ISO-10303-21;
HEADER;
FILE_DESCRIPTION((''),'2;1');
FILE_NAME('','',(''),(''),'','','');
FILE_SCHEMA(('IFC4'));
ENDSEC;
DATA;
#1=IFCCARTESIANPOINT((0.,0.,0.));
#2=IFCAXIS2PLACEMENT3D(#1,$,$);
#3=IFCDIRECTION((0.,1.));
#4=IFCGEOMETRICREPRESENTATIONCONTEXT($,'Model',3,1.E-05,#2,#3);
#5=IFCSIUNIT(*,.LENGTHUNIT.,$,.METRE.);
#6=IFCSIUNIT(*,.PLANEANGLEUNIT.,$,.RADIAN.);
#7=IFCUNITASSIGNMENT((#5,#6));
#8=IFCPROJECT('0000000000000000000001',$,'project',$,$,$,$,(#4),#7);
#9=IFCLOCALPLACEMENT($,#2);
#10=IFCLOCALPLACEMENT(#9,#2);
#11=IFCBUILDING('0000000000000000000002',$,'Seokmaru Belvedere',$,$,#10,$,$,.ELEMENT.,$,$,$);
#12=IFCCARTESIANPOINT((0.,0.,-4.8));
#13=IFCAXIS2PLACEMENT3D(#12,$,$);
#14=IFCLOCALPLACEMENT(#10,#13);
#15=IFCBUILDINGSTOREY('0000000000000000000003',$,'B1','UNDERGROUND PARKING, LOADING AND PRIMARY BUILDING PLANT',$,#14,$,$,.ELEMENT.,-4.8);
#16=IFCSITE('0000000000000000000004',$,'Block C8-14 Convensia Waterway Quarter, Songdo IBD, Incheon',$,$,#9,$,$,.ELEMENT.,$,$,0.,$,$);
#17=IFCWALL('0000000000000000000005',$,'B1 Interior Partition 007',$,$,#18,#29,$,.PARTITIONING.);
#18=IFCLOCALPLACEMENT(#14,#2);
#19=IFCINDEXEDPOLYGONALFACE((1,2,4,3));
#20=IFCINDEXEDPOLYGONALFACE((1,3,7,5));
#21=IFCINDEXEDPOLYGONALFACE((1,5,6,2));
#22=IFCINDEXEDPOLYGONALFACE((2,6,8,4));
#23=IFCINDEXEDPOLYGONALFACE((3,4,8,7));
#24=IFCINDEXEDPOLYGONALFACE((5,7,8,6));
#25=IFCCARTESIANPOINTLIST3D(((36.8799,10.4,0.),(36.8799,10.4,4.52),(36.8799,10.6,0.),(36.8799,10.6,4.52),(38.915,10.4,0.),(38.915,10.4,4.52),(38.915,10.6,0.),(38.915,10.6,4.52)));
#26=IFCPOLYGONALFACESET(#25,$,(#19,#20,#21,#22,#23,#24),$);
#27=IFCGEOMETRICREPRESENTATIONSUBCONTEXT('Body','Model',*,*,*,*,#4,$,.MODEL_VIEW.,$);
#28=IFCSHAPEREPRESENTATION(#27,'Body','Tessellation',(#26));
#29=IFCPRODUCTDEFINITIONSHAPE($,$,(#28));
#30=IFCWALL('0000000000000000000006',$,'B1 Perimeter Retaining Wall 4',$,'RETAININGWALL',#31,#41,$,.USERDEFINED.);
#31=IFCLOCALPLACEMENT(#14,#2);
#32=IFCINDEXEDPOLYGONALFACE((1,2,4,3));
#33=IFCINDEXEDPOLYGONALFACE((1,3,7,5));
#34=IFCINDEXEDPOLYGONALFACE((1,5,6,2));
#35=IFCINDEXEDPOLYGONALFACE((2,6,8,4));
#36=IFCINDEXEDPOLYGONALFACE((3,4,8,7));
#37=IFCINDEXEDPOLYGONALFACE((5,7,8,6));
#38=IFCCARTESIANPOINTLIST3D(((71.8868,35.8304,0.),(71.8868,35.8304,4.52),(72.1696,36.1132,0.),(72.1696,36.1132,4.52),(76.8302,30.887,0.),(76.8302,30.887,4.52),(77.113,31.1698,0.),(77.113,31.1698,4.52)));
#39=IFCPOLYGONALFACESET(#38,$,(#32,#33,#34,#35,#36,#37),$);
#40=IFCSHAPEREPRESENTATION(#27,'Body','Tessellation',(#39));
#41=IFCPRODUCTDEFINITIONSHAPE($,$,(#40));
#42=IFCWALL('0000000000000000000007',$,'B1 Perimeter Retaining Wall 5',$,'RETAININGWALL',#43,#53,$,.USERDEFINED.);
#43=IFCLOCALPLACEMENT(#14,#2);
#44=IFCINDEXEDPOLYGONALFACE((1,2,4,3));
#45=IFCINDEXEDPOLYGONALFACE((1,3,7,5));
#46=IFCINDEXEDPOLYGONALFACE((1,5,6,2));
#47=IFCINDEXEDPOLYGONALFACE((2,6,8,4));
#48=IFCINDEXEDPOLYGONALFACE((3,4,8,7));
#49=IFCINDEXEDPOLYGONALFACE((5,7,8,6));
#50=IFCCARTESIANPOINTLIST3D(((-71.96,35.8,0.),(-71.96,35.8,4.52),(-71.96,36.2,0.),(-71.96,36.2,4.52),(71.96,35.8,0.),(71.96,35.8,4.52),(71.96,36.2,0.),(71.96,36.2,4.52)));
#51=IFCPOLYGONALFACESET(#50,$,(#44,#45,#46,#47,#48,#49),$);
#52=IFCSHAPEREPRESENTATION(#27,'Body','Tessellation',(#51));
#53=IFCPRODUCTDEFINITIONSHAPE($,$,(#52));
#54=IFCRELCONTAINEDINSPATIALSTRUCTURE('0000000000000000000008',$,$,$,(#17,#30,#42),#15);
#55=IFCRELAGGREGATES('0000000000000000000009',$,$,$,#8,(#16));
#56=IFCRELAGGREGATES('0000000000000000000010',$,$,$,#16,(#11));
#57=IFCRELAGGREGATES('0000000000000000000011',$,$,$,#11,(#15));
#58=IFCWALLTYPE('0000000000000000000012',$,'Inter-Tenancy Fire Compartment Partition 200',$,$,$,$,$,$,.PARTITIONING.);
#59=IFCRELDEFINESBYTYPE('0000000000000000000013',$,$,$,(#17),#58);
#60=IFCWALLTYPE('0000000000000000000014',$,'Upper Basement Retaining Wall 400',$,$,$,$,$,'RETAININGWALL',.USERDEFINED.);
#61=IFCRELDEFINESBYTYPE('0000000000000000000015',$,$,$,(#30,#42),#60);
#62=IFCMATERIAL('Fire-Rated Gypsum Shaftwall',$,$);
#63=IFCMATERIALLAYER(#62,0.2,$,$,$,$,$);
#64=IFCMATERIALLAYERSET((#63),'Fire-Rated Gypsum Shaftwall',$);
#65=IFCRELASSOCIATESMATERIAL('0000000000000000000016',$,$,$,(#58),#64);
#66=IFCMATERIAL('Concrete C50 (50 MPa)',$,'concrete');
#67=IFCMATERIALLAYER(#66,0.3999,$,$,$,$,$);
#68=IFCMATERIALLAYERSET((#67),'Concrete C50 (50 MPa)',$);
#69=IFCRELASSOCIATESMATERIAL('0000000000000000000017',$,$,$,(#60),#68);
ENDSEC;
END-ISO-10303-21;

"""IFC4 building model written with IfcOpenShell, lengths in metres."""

from ifc_helpers import new_model, si_unit, direction, frame, frame_2d, origin, place, context, subcontext, project, spatial, rectangle, extrude, material, layer, layer_set, type_object, element, save


model = new_model("IFC4")

# Units and contexts
model_context = context("Model", 3, precision=1e-05, world=origin(), true_north=direction((0.0, 1.0)))
body_context = subcontext(model_context, "Body", "Model", "MODEL_VIEW")
ifc_project = project(units=[si_unit("LENGTHUNIT", "METRE"), si_unit("PLANEANGLEUNIT", "RADIAN")], contexts=[model_context])

# Site, building, storey
site_placement = place(None, origin())
site = spatial("IfcSite", under=ifc_project, at=site_placement, Name="Block C8-14 Convensia Waterway Quarter, Songdo IBD, Incheon", CompositionType="ELEMENT", RefElevation=0.0)
building_placement = place(site_placement, origin())
building = spatial("IfcBuilding", under=site, at=building_placement, Name="Seokmaru Belvedere", CompositionType="ELEMENT")
storey_placement = place(building_placement, frame((0.0, 0.0, -4.8)))
storey = spatial("IfcBuildingStorey", under=building, at=storey_placement, Name="B1", Description="UNDERGROUND PARKING, LOADING AND PRIMARY BUILDING PLANT", CompositionType="ELEMENT", Elevation=-4.8)

# Shared definitions
ifc_material_1 = material(Name="Concrete C50 (50 MPa)", Category="concrete")

# Walls
ifc_material_2 = material(Name="Fire-Rated Gypsum Shaftwall")
ifc_layer_1 = layer(ifc_material_2, 0.2)
ifc_layer_set_1 = layer_set([ifc_layer_1], Name="Fire-Rated Gypsum Shaftwall")
wall_type_1 = type_object("IfcWallType", Name="Inter-Tenancy Fire Compartment Partition 200", PredefinedType="PARTITIONING", material=ifc_layer_set_1)
wall_1_placement = place(storey_placement, frame((36.8799, 10.5, 0.0), z_axis=(0.0, 0.0, 1.0), x_axis=(1.0, 0.0, 0.0)))
element("IfcWall", 1, at=wall_1_placement, inside=storey, type_object=wall_type_1, Name="B1 Interior Partition 007", PredefinedType="PARTITIONING", context=body_context, shape_type="SweptSolid", body=[
    extrude(rectangle(XDim=2.0352, YDim=0.2, at=frame_2d((1.0176, 0.0))), origin(), (0.0, 0.0, 1.0), 4.52),
])
ifc_layer_2 = layer(ifc_material_1, 0.3999)
ifc_layer_set_2 = layer_set([ifc_layer_2], Name="Concrete C50 (50 MPa)")
wall_type_2 = type_object("IfcWallType", Name="Upper Basement Retaining Wall 400", ElementType="RETAININGWALL", PredefinedType="USERDEFINED", material=ifc_layer_set_2)
wall_2_placement = place(storey_placement, frame((76.9717, 31.0283, 0.0), z_axis=(0.0, 0.0, 1.0), x_axis=(-0.707107, 0.707107, 0.0)))
element("IfcWall", 2, at=wall_2_placement, inside=storey, type_object=wall_type_2, Name="B1 Perimeter Retaining Wall 4", ObjectType="RETAININGWALL", PredefinedType="USERDEFINED", context=body_context, shape_type="SweptSolid", body=[
    extrude(rectangle(XDim=6.991, YDim=0.3999, at=frame_2d((3.4956, 0.0))), origin(), (0.0, 0.0, 1.0), 4.52),
])
wall_3_placement = place(storey_placement, frame((71.96, 36.0, 0.0), z_axis=(0.0, 0.0, 1.0), x_axis=(-1.0, 0.0, 0.0)))
element("IfcWall", 3, at=wall_3_placement, inside=storey, type_object=wall_type_2, Name="B1 Perimeter Retaining Wall 5", ObjectType="RETAININGWALL", PredefinedType="USERDEFINED", context=body_context, shape_type="SweptSolid", body=[
    extrude(rectangle(XDim=143.9199, YDim=0.3999, at=frame_2d((71.96, 0.0))), origin(), (0.0, 0.0, 1.0), 4.52),
])

save(model, "model.ifc")
